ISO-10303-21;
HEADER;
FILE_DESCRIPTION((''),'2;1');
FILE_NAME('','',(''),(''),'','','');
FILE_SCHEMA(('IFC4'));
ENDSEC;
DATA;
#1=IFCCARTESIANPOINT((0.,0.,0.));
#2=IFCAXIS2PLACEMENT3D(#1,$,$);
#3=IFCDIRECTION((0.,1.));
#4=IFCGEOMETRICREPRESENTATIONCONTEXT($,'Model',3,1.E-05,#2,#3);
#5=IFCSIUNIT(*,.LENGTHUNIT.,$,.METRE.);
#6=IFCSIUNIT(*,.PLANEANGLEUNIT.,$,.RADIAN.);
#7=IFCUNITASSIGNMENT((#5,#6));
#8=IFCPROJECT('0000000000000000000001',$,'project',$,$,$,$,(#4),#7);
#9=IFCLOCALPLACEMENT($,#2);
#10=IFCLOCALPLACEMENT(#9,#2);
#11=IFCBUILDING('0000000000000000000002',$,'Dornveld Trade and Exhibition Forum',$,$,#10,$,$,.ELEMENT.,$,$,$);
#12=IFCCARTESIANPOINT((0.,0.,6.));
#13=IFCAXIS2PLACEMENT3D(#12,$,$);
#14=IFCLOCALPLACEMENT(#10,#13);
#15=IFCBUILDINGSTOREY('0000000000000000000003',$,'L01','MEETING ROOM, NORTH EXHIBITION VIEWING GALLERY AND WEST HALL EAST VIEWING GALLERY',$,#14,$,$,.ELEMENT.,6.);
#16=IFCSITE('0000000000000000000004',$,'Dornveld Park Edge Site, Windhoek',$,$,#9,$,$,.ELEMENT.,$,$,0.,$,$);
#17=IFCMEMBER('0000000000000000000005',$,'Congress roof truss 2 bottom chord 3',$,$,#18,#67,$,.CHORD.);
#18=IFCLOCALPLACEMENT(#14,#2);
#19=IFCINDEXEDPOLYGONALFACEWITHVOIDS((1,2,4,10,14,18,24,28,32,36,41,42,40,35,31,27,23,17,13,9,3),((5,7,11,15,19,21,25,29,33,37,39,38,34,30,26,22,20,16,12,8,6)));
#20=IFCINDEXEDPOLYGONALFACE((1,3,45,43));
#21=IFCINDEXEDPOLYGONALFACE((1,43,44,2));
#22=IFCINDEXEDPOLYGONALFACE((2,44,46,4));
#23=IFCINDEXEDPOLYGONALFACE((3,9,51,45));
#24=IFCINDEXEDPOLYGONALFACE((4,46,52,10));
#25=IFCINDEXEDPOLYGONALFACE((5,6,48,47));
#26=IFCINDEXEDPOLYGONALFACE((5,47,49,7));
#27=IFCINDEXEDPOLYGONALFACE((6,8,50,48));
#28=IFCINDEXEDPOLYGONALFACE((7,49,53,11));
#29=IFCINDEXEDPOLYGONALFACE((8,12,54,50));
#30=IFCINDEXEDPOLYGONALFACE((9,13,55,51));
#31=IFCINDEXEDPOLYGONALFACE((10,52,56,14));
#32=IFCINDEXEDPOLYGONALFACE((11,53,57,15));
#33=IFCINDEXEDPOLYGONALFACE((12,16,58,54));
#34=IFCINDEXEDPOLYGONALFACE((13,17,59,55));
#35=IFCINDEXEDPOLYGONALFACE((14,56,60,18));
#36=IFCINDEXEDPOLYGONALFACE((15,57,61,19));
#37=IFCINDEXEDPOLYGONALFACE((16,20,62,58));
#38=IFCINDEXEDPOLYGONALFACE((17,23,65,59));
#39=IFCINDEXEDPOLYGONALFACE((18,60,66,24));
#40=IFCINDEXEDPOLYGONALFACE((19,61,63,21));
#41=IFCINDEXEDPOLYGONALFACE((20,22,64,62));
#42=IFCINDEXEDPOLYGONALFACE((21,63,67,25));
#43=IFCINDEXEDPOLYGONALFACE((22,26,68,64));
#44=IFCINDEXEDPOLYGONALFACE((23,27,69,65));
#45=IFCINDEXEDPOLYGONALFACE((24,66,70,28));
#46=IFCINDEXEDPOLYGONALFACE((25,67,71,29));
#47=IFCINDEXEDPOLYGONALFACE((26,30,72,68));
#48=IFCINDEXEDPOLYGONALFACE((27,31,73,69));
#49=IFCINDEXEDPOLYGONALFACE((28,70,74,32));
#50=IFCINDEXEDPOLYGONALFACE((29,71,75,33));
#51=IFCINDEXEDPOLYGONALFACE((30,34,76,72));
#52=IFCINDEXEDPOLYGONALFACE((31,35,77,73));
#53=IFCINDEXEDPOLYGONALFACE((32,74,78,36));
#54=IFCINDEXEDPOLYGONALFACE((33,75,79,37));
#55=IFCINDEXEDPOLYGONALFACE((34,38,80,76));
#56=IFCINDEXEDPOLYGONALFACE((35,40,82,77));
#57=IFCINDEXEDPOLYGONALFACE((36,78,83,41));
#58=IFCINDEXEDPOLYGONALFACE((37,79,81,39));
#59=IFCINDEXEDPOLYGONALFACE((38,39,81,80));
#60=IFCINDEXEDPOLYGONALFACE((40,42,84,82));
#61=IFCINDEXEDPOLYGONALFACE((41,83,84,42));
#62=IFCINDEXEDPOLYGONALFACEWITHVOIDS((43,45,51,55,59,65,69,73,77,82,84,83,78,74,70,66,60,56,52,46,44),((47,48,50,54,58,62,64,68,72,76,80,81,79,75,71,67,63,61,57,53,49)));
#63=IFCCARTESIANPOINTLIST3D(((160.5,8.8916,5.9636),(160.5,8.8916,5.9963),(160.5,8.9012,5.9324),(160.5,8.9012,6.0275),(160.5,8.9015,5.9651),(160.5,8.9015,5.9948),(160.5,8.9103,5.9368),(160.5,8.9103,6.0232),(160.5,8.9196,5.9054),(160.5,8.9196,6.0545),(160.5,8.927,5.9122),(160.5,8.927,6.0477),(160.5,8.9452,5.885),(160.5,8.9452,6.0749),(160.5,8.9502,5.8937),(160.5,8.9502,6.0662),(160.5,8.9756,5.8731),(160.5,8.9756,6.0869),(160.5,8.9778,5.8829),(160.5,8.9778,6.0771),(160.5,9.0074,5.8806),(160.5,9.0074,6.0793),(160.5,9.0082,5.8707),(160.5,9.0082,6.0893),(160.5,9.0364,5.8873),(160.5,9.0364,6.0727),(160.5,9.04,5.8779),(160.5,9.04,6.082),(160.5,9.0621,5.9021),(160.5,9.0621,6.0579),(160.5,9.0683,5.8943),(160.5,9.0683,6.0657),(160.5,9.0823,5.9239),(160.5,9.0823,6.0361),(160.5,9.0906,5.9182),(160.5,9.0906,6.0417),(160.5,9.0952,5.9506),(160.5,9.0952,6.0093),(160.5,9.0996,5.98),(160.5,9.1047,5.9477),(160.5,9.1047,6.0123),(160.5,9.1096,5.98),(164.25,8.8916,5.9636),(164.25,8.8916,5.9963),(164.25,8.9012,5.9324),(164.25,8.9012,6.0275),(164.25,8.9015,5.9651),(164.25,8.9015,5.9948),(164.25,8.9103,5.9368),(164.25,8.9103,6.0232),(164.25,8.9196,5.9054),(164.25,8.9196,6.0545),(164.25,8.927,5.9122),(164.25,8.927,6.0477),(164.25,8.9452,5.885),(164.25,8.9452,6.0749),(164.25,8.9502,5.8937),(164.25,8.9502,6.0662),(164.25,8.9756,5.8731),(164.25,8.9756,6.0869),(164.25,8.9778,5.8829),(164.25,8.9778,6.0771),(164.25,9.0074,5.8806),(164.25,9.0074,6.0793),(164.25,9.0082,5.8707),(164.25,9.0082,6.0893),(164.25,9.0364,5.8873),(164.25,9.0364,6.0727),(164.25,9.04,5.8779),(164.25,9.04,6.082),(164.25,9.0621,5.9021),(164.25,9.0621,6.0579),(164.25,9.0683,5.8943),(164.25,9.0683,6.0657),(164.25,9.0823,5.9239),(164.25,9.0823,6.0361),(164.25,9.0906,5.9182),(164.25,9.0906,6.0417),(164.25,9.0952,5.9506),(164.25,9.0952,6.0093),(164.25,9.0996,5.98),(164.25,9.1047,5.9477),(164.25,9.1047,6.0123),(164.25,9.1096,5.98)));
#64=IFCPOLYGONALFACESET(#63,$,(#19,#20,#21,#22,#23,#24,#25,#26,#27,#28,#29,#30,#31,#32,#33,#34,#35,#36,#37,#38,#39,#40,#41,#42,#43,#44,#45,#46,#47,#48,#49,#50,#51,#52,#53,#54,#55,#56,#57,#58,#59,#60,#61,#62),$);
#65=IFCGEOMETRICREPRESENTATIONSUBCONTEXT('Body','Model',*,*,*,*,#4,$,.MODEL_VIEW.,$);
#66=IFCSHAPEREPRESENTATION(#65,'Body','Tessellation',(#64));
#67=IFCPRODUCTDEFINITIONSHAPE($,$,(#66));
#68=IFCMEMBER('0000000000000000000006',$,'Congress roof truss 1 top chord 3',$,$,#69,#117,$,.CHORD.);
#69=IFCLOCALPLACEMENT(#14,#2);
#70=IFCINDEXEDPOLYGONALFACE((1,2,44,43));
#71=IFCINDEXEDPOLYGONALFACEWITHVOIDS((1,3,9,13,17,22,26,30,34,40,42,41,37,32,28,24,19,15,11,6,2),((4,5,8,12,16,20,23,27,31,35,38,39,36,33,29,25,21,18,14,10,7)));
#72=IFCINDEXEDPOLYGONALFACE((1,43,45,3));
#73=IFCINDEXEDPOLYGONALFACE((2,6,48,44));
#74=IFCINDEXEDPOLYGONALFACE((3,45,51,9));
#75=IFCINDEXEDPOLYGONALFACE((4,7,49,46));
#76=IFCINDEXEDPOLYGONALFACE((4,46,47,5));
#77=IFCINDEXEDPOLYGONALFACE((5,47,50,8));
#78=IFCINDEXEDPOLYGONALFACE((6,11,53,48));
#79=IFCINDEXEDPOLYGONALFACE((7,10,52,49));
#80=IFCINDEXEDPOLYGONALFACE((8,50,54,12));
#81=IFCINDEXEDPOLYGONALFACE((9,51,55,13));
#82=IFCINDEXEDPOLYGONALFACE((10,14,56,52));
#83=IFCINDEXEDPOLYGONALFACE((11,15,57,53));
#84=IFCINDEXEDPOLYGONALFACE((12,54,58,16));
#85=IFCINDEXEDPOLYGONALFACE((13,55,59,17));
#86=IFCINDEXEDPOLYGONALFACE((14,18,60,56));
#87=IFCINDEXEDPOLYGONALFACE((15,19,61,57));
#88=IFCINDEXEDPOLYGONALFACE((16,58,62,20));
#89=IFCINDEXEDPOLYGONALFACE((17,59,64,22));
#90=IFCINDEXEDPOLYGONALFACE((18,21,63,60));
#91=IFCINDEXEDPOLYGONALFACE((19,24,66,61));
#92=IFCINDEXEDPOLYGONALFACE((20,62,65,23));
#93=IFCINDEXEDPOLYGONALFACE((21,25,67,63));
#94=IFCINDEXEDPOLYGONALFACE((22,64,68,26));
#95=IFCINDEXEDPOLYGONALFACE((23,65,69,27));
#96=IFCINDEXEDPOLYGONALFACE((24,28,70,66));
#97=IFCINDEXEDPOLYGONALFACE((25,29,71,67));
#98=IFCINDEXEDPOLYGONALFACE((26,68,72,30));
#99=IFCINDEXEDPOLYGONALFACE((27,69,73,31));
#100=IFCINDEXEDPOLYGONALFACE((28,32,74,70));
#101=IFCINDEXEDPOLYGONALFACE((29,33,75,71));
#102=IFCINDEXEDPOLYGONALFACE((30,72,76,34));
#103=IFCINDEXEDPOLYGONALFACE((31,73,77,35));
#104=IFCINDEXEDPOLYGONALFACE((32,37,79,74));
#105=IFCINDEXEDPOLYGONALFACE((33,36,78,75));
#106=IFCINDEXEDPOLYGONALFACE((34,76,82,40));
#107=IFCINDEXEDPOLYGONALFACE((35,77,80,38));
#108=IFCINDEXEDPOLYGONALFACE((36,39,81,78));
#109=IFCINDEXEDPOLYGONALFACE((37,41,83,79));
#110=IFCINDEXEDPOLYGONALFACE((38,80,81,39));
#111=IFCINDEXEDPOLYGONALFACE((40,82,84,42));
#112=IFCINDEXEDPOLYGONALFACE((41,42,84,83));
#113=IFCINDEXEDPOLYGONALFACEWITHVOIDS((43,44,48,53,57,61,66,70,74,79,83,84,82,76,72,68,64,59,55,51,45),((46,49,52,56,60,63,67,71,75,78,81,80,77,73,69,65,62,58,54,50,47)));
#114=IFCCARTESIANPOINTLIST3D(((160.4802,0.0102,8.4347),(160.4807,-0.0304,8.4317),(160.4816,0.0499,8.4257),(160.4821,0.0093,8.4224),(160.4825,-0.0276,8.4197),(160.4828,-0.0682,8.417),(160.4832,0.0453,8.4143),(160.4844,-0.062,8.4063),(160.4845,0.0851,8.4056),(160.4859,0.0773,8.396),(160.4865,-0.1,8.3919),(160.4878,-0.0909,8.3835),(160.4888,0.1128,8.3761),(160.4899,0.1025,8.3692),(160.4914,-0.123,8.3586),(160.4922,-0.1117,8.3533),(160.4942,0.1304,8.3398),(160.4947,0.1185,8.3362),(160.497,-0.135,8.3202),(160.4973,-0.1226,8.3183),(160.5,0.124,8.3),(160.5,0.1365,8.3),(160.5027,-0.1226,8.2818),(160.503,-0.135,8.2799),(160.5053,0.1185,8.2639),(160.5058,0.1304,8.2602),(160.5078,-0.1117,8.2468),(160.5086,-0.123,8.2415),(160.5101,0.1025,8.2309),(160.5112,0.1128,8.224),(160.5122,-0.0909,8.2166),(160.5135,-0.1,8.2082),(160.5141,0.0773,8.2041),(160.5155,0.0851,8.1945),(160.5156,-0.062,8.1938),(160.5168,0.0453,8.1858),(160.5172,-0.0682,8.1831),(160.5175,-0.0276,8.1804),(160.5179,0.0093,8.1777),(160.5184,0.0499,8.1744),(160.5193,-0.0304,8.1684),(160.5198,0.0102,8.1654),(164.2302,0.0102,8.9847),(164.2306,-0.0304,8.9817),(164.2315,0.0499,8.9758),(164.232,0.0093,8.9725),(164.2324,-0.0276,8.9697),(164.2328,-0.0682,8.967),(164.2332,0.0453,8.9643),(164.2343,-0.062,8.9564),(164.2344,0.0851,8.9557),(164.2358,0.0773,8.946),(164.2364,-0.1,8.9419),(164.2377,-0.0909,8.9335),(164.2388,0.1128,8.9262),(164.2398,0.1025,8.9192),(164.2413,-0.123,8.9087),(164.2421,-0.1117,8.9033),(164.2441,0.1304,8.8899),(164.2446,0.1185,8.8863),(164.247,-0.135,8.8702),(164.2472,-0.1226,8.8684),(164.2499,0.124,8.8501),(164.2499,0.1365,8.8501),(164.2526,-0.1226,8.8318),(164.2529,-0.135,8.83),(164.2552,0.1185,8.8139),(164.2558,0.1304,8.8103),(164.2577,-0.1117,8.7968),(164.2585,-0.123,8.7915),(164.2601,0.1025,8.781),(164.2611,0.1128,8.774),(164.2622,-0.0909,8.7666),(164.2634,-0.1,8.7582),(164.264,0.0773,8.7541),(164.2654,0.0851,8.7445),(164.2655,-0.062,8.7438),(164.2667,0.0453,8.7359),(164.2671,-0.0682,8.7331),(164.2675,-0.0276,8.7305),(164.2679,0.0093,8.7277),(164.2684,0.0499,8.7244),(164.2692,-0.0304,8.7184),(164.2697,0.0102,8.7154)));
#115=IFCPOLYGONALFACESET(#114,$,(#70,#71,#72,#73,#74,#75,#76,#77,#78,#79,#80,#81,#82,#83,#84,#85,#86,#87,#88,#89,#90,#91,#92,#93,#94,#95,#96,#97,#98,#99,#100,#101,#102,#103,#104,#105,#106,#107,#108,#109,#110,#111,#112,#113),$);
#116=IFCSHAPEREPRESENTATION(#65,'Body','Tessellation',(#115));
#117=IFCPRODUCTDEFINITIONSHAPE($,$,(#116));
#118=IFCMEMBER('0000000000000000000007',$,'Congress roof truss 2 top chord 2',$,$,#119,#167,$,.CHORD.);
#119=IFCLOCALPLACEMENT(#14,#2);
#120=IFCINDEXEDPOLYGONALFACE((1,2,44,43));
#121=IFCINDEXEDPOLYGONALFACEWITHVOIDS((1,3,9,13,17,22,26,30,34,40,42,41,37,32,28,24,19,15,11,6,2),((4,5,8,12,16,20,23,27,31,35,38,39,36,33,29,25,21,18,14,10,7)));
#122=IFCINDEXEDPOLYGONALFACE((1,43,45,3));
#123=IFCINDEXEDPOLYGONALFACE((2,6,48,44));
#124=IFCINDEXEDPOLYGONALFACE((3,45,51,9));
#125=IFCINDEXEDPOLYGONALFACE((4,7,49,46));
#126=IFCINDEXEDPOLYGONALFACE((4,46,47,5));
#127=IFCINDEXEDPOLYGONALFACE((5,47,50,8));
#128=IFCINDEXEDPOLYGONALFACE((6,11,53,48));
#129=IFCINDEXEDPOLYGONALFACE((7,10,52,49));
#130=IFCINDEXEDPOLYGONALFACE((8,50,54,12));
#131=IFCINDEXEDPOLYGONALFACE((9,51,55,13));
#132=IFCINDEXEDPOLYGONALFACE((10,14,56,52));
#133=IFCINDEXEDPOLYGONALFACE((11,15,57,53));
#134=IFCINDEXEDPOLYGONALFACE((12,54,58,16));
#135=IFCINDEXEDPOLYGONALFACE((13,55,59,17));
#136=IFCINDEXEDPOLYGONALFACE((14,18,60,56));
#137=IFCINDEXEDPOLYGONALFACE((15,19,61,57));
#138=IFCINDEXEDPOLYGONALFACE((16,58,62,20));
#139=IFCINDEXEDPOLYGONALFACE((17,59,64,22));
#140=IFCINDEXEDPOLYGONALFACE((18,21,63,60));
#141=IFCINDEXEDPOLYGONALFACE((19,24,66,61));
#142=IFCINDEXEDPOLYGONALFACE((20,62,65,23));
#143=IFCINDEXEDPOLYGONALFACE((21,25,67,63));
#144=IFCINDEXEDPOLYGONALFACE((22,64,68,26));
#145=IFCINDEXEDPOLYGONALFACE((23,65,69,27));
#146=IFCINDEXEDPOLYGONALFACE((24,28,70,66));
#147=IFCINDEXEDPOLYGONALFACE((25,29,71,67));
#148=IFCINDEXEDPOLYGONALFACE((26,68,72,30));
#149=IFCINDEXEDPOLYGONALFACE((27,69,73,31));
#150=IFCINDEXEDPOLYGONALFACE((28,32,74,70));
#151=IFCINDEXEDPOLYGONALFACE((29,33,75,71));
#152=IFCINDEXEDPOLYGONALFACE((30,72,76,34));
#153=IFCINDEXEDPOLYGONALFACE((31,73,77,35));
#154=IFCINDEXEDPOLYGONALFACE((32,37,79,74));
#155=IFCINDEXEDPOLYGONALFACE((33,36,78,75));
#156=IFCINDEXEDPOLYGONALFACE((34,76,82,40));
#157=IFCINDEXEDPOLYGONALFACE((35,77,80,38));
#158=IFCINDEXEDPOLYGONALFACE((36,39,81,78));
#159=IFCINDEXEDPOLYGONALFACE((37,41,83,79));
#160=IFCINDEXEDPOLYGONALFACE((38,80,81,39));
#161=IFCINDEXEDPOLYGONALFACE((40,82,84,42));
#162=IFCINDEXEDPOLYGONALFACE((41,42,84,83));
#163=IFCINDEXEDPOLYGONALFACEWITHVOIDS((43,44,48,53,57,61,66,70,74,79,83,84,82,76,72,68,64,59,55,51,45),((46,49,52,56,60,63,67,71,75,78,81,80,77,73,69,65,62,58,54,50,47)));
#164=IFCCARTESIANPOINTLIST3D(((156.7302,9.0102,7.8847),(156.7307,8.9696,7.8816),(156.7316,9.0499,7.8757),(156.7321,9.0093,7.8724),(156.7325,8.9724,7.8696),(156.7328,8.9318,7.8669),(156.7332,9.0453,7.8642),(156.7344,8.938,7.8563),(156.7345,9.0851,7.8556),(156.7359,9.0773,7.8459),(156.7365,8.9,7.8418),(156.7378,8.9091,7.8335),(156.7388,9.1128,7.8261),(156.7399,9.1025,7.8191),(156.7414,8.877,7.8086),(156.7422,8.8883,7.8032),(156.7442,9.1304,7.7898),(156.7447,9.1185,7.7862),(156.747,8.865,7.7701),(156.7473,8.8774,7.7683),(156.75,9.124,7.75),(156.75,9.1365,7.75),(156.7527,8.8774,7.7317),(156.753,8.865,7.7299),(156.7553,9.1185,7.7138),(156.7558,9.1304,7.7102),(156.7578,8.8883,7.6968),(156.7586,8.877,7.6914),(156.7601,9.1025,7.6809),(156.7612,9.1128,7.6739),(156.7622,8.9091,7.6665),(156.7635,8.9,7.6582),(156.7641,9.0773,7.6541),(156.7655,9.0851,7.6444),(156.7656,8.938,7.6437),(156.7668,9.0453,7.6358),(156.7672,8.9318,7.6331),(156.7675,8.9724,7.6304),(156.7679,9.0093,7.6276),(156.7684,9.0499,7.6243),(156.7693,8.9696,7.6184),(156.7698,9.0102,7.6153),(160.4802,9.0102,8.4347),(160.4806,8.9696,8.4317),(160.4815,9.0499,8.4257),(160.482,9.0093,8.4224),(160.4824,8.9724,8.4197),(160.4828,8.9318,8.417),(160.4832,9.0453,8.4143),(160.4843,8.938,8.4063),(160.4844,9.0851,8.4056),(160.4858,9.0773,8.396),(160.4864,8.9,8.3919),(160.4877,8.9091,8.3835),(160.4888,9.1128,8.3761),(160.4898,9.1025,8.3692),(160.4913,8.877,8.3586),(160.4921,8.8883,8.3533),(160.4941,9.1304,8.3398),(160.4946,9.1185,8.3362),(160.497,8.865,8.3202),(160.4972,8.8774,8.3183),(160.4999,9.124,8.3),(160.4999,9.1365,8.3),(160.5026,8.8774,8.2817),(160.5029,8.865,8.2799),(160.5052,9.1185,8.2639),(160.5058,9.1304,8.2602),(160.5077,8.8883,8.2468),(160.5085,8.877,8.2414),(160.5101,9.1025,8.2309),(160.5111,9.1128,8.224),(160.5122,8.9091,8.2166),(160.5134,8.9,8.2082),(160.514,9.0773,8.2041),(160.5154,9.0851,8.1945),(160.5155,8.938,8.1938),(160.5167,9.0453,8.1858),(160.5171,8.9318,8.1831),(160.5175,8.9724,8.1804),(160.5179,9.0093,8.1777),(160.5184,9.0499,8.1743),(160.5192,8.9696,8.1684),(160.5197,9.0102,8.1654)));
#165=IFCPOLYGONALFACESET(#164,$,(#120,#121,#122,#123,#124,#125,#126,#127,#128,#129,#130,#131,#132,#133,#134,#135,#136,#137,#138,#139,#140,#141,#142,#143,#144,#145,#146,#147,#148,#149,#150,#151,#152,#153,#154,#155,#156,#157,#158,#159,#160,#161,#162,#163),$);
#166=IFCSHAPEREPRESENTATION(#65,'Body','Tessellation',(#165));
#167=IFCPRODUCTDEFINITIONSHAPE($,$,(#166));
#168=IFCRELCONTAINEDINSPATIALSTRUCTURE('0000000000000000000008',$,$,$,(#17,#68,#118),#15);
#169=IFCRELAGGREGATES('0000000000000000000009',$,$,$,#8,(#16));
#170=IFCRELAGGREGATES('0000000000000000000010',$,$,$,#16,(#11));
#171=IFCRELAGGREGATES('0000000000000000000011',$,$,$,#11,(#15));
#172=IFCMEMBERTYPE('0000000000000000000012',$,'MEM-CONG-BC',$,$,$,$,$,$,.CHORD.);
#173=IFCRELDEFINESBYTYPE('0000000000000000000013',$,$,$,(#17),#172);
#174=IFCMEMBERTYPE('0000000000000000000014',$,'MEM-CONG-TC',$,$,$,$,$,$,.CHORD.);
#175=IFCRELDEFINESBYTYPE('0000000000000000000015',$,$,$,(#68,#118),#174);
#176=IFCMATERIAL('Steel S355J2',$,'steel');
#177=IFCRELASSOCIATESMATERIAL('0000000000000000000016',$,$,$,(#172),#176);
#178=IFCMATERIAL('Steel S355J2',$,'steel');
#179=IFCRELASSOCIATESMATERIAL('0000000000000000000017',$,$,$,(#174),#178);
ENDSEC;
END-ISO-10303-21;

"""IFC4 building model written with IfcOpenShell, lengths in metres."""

from ifc_helpers import new_model, si_unit, direction, frame, origin, origin_2d, place, context, subcontext, project, spatial, hollow_circle, extrude, material, material_profile, profile_set, type_object, element, save


model = new_model("IFC4")

# Units and contexts
model_context = context("Model", 3, precision=1e-05, world=origin(), true_north=direction((0.0, 1.0)))
body_context = subcontext(model_context, "Body", "Model", "MODEL_VIEW")
ifc_project = project(units=[si_unit("LENGTHUNIT", "METRE"), si_unit("PLANEANGLEUNIT", "RADIAN")], contexts=[model_context])

# Site, building, storey
site_placement = place(None, origin())
site = spatial("IfcSite", under=ifc_project, at=site_placement, Name="Dornveld Park Edge Site, Windhoek", CompositionType="ELEMENT", RefElevation=0.0)
building_placement = place(site_placement, origin())
building = spatial("IfcBuilding", under=site, at=building_placement, Name="Dornveld Trade and Exhibition Forum", CompositionType="ELEMENT")
storey_placement = place(building_placement, frame((0.0, 0.0, 6.0)))
storey = spatial("IfcBuildingStorey", under=building, at=storey_placement, Name="L01", Description="MEETING ROOM, NORTH EXHIBITION VIEWING GALLERY AND WEST HALL EAST VIEWING GALLERY", CompositionType="ELEMENT", Elevation=6.0)

# Members
ifc_material_1 = material(Name="Steel S355J2", Category="steel")
ifc_material_profile_1 = material_profile(ifc_material_1, hollow_circle(Radius=0.1096, WallThickness=0.01, at=origin_2d()), Name="CHS 219.1x10")
ifc_profile_set_1 = profile_set([ifc_material_profile_1], Name="Steel S355J2")
member_type_1 = type_object("IfcMemberType", Name="MEM-CONG-BC", PredefinedType="CHORD", material=ifc_profile_set_1)
for number, where, z_axis, x_axis, name in (
    (1, (160.5, 9.0, 5.98), (1.0, 0.0, 0.0), (0.0, 1.0, 0.0), "Congress roof truss 2 bottom chord 3"),
):
    element("IfcMember", number, at=place(storey_placement, frame(where, z_axis=z_axis, x_axis=x_axis)), inside=storey, type_object=member_type_1, Name=name, PredefinedType="CHORD", context=body_context, shape_type="SweptSolid", body=[
        extrude(hollow_circle(Radius=0.1096, WallThickness=0.01, at=origin_2d()), origin(), (0.0, 0.0, 1.0), 3.75),
    ])
ifc_material_2 = material(Name="Steel S355J2", Category="steel")
ifc_material_profile_2 = material_profile(ifc_material_2, hollow_circle(Radius=0.1365, WallThickness=0.0125, at=origin_2d()), Name="CHS 273x12.5")
ifc_profile_set_2 = profile_set([ifc_material_profile_2], Name="Steel S355J2")
member_type_2 = type_object("IfcMemberType", Name="MEM-CONG-TC", PredefinedType="CHORD", material=ifc_profile_set_2)
for number, where, z_axis, x_axis, name in (
    (2, (160.5, 0.0, 8.3), (0.989413, 0.0, 0.145127), (0.0, 1.0, 0.0), "Congress roof truss 1 top chord 3"),
    (3, (156.75, 9.0, 7.75), (0.989413, 0.0, 0.145127), (0.0, 1.0, 0.0), "Congress roof truss 2 top chord 2"),
):
    element("IfcMember", number, at=place(storey_placement, frame(where, z_axis=z_axis, x_axis=x_axis)), inside=storey, type_object=member_type_2, Name=name, PredefinedType="CHORD", context=body_context, shape_type="SweptSolid", body=[
        extrude(hollow_circle(Radius=0.1365, WallThickness=0.0125, at=origin_2d()), origin(), (0.0, 0.0, 1.0), 3.79),
    ])

save(model, "model.ifc")
